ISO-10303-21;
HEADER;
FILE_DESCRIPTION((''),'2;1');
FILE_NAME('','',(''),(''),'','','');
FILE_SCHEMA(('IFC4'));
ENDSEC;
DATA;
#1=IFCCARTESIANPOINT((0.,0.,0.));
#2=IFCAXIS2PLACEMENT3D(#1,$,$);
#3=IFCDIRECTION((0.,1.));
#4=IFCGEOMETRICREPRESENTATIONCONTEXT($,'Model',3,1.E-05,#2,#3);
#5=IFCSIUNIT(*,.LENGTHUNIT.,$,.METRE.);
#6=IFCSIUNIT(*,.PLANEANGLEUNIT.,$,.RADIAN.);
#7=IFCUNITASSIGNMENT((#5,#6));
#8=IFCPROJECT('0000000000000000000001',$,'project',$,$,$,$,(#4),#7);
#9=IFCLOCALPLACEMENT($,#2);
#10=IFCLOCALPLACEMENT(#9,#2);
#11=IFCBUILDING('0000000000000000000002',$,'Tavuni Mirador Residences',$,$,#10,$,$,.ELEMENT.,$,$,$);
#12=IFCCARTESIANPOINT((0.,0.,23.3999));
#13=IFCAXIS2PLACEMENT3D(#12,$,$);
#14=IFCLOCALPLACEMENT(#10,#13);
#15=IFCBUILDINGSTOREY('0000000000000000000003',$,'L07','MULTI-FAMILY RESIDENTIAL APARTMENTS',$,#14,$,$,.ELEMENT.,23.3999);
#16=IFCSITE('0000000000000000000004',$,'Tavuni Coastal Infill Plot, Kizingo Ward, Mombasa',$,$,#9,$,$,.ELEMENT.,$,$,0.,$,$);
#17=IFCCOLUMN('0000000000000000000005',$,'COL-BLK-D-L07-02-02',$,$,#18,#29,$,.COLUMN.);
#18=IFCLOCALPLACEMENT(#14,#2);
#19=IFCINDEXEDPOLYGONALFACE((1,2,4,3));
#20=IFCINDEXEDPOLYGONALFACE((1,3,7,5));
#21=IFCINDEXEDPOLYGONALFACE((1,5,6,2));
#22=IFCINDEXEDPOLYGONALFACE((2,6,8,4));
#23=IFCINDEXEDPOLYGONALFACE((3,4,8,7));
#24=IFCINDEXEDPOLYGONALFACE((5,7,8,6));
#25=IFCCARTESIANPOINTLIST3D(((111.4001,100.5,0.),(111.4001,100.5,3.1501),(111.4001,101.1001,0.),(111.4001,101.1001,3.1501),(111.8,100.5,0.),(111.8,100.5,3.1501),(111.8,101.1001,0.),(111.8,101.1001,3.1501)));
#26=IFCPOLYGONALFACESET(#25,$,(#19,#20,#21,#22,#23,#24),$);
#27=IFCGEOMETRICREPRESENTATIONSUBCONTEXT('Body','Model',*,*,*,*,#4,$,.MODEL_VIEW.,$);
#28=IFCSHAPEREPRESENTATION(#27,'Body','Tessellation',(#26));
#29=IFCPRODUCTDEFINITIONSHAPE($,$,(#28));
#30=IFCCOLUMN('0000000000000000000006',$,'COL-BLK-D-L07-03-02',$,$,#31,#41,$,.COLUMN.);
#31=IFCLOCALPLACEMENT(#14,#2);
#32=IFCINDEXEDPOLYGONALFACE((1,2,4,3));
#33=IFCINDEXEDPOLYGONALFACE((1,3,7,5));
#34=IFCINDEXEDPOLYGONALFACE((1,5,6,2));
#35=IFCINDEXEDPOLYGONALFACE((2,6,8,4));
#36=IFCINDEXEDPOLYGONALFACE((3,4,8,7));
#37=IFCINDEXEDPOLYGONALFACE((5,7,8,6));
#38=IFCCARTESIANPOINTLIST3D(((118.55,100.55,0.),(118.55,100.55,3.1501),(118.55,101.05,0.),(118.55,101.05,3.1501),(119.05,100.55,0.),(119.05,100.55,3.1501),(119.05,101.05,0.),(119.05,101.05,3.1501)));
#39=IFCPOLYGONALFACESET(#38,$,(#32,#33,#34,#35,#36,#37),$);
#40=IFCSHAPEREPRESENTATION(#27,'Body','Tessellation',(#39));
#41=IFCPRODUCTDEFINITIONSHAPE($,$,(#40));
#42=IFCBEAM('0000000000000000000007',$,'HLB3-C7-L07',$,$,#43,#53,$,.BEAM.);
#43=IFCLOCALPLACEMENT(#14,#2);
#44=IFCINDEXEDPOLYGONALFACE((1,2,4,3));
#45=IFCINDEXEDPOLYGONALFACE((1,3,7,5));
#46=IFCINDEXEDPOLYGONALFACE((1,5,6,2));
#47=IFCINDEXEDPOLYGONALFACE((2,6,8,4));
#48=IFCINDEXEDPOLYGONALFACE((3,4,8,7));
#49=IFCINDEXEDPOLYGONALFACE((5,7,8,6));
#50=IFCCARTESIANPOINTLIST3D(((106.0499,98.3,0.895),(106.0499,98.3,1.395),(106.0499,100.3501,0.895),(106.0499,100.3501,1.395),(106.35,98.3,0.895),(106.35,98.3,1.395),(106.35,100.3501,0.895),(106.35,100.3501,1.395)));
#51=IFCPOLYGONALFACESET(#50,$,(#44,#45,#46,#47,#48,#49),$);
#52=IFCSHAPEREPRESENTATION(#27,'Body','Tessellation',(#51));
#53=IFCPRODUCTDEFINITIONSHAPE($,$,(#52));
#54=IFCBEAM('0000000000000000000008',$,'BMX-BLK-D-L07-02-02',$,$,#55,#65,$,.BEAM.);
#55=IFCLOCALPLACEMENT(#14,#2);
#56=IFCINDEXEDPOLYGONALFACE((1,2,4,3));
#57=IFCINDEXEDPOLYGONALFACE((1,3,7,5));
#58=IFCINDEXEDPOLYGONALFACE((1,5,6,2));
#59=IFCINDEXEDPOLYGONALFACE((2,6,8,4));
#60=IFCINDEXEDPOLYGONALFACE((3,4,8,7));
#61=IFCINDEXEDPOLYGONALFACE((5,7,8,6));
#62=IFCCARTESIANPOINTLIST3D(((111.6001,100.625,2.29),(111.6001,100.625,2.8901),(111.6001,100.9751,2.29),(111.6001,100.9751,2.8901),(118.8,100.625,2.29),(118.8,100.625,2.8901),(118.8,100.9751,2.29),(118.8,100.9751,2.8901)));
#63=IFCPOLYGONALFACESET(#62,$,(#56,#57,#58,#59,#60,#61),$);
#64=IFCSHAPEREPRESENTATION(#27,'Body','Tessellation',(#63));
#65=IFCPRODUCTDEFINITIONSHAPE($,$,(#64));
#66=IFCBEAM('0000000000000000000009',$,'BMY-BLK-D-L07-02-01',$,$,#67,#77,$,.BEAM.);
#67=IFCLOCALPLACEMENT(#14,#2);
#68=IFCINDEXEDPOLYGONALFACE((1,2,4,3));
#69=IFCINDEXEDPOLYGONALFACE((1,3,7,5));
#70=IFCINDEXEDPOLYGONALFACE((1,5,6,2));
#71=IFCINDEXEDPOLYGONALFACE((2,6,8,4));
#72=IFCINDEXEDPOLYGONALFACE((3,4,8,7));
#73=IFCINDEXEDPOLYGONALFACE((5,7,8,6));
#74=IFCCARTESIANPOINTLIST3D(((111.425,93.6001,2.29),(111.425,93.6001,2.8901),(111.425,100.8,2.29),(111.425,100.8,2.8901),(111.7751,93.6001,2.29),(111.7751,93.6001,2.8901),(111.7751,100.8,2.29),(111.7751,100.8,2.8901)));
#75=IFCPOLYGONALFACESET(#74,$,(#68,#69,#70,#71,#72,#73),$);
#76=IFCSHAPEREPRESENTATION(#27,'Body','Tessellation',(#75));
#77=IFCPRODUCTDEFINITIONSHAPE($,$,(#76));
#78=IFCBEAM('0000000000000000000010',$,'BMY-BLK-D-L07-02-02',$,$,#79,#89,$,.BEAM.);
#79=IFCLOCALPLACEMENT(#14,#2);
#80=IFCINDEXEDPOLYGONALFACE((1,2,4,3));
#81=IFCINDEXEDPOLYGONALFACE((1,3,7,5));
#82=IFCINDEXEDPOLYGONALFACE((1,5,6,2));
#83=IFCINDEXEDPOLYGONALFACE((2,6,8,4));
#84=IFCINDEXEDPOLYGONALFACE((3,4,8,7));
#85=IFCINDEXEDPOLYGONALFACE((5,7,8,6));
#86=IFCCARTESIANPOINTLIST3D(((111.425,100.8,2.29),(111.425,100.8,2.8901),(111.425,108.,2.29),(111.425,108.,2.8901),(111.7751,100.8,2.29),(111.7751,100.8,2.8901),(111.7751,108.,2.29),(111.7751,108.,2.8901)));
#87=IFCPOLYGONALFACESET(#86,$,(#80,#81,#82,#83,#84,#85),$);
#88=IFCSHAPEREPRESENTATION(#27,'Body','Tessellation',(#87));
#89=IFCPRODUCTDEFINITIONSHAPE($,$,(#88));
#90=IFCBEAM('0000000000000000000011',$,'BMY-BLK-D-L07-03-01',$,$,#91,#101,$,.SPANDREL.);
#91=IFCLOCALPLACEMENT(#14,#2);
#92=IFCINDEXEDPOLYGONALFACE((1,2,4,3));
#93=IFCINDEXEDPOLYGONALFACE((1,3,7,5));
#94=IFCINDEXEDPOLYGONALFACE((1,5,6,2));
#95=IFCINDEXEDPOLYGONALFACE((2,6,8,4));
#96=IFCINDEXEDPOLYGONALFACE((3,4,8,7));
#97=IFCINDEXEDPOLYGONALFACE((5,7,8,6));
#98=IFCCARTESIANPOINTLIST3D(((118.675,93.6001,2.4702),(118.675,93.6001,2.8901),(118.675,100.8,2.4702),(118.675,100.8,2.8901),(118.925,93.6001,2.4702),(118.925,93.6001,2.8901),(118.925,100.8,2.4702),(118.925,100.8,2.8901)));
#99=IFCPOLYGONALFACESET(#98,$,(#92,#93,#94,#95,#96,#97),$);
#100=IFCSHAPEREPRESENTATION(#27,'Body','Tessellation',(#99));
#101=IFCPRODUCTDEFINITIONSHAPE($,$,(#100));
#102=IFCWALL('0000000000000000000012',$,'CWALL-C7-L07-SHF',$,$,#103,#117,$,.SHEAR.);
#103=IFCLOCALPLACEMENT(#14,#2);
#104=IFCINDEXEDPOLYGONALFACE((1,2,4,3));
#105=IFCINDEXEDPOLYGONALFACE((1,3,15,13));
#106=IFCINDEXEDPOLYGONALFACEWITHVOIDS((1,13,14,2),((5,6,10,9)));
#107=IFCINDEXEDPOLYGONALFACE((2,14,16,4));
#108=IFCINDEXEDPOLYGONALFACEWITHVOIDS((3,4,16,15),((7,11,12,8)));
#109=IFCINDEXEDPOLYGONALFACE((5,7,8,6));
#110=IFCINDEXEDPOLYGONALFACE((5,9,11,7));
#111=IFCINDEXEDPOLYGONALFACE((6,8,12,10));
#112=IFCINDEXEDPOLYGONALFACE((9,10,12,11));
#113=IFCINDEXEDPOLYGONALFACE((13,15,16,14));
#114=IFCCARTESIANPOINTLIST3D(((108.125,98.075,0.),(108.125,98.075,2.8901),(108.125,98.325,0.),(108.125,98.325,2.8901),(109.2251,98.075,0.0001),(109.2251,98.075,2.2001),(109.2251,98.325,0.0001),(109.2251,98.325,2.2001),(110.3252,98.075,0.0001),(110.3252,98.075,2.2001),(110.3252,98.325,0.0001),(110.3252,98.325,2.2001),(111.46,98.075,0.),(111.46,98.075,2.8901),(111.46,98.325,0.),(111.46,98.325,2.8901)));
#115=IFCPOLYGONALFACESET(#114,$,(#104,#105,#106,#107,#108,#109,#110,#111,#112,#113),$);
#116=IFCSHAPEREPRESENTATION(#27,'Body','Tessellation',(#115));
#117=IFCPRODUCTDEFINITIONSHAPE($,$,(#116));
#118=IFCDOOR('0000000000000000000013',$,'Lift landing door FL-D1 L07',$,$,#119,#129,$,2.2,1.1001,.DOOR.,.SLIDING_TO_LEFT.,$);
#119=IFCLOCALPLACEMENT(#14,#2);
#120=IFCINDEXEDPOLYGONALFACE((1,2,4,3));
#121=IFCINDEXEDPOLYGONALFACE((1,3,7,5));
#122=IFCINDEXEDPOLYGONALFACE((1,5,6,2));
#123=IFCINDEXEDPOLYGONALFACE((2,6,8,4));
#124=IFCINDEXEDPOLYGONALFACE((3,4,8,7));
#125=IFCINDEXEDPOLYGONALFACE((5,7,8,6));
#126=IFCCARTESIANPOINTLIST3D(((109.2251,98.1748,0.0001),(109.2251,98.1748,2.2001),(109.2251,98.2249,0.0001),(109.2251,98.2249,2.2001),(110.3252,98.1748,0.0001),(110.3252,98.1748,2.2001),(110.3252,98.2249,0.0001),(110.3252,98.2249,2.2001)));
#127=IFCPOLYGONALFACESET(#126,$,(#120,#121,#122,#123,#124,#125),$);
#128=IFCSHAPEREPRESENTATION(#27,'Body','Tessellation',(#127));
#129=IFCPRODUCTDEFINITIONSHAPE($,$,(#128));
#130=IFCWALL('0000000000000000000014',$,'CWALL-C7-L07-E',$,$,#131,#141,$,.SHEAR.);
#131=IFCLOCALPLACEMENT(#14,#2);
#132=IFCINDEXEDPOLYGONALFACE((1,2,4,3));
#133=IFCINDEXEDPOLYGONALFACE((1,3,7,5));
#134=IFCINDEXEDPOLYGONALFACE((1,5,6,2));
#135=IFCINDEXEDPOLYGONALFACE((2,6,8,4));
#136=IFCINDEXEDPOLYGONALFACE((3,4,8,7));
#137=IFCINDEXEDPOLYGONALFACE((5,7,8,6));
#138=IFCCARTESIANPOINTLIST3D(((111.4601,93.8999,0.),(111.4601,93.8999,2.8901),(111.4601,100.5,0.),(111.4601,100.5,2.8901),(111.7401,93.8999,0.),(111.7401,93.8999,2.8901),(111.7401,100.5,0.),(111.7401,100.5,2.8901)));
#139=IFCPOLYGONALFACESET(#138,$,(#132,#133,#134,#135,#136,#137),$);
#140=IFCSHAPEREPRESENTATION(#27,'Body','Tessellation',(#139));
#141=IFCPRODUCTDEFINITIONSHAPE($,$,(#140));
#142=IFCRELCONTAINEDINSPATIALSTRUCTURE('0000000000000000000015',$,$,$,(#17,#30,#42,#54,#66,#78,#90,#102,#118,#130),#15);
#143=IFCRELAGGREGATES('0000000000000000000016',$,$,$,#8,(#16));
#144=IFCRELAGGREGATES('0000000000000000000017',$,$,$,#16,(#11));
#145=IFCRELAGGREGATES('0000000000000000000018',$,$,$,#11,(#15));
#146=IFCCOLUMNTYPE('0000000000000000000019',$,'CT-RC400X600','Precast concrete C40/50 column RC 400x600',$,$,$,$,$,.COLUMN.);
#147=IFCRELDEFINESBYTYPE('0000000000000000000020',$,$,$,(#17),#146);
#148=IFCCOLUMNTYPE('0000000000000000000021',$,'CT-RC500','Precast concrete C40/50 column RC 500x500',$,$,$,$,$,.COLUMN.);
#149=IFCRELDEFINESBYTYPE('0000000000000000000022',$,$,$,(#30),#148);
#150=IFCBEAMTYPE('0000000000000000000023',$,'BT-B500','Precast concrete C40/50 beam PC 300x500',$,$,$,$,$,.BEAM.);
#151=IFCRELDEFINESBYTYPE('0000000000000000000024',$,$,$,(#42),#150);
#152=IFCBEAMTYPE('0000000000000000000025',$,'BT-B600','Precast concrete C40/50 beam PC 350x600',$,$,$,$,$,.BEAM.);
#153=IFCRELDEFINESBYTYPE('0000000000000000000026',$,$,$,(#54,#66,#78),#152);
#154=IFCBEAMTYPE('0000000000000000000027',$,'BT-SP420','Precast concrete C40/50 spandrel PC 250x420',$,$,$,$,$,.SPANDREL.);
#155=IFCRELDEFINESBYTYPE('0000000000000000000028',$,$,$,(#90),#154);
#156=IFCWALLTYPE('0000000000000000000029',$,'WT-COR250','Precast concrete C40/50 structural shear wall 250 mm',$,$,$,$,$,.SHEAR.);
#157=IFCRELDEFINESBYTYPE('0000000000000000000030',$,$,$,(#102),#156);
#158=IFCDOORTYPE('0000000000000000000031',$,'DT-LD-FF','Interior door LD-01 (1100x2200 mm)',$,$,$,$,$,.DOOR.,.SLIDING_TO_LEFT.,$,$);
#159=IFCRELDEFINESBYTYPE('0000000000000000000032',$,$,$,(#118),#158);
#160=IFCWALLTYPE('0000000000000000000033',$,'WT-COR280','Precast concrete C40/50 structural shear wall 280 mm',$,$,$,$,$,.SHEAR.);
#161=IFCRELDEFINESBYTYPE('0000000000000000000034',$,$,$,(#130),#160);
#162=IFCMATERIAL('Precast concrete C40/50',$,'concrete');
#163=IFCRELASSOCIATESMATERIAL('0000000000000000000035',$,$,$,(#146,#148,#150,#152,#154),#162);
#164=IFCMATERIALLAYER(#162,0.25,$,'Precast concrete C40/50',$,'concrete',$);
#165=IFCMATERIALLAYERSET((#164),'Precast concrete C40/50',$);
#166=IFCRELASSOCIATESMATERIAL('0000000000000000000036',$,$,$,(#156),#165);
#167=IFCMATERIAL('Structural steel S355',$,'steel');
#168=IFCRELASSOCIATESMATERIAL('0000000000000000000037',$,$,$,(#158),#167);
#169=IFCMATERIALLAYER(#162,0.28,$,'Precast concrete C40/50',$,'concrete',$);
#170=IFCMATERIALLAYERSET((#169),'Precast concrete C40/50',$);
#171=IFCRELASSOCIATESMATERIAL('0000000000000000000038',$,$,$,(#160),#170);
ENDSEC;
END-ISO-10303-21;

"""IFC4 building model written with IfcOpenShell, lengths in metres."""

from ifc_helpers import new_model, si_unit, direction, frame, frame_2d, origin, origin_2d, place, context, subcontext, project, spatial, rectangle, extrude, material, layer, layer_set, material_profile, profile_set, type_object, element, fill, save


model = new_model("IFC4")

# Units and contexts
model_context = context("Model", 3, precision=1e-05, world=origin(), true_north=direction((0.0, 1.0)))
body_context = subcontext(model_context, "Body", "Model", "MODEL_VIEW")
ifc_project = project(units=[si_unit("LENGTHUNIT", "METRE"), si_unit("PLANEANGLEUNIT", "RADIAN")], contexts=[model_context])

# Site, building, storey
site_placement = place(None, origin())
site = spatial("IfcSite", under=ifc_project, at=site_placement, Name="Tavuni Coastal Infill Plot, Kizingo Ward, Mombasa", CompositionType="ELEMENT", RefElevation=0.0)
building_placement = place(site_placement, origin())
building = spatial("IfcBuilding", under=site, at=building_placement, Name="Tavuni Mirador Residences", CompositionType="ELEMENT")
storey_placement = place(building_placement, frame((0.0, 0.0, 23.3999)))
storey = spatial("IfcBuildingStorey", under=building, at=storey_placement, Name="L07", Description="MULTI-FAMILY RESIDENTIAL APARTMENTS", CompositionType="ELEMENT", Elevation=23.3999)

# Columns
ifc_material_1 = material(Name="Precast concrete C40/50", Category="concrete")
ifc_material_profile_1 = material_profile(ifc_material_1, rectangle(XDim=0.3999, YDim=0.6001, at=origin_2d()), Name="RC 400x600", Category="concrete")
ifc_profile_set_1 = profile_set([ifc_material_profile_1], Name="Precast concrete C40/50")
column_type_1 = type_object("IfcColumnType", Name="CT-RC400X600", Description="Precast concrete C40/50 column RC 400x600", PredefinedType="COLUMN", material=ifc_profile_set_1)
column_1_placement = place(storey_placement, frame((111.6001, 100.8, 0.0), z_axis=(0.0, 0.0, 1.0), x_axis=(1.0, 0.0, 0.0)))
element("IfcColumn", 1, at=column_1_placement, inside=storey, type_object=column_type_1, Name="COL-BLK-D-L07-02-02", PredefinedType="COLUMN", context=body_context, shape_type="SweptSolid", body=[
    extrude(rectangle(XDim=0.3999, YDim=0.6001, at=origin_2d()), origin(), (0.0, 0.0, 1.0), 3.1501),
])
ifc_material_profile_2 = material_profile(ifc_material_1, rectangle(XDim=0.5, YDim=0.5, at=origin_2d()), Name="RC 500x500", Category="concrete")
ifc_profile_set_2 = profile_set([ifc_material_profile_2], Name="Precast concrete C40/50")
column_type_2 = type_object("IfcColumnType", Name="CT-RC500", Description="Precast concrete C40/50 column RC 500x500", PredefinedType="COLUMN", material=ifc_profile_set_2)
column_2_placement = place(storey_placement, frame((118.8, 100.8, 0.0), z_axis=(0.0, 0.0, 1.0), x_axis=(1.0, 0.0, 0.0)))
element("IfcColumn", 2, at=column_2_placement, inside=storey, type_object=column_type_2, Name="COL-BLK-D-L07-03-02", PredefinedType="COLUMN", context=body_context, shape_type="SweptSolid", body=[
    extrude(rectangle(XDim=0.5, YDim=0.5, at=origin_2d()), origin(), (0.0, 0.0, 1.0), 3.1501),
])

# Beams
ifc_material_profile_3 = material_profile(ifc_material_1, rectangle(XDim=0.3, YDim=0.5, at=origin_2d()), Name="PC 300x500", Category="concrete")
ifc_profile_set_3 = profile_set([ifc_material_profile_3], Name="Precast concrete C40/50")
beam_type_1 = type_object("IfcBeamType", Name="BT-B500", Description="Precast concrete C40/50 beam PC 300x500", PredefinedType="BEAM", material=ifc_profile_set_3)
beam_1_placement = place(storey_placement, frame((106.2, 98.3, 1.145), z_axis=(0.0, 1.0, 0.0), x_axis=(-1.0, 0.0, 0.0)))
element("IfcBeam", 3, at=beam_1_placement, inside=storey, type_object=beam_type_1, Name="HLB3-C7-L07", PredefinedType="BEAM", context=body_context, shape_type="SweptSolid", body=[
    extrude(rectangle(XDim=0.3, YDim=0.5, at=origin_2d()), origin(), (0.0, 0.0, 1.0), 2.05),
])
ifc_material_profile_4 = material_profile(ifc_material_1, rectangle(XDim=0.3501, YDim=0.6001, at=origin_2d()), Name="PC 350x600", Category="concrete")
ifc_profile_set_4 = profile_set([ifc_material_profile_4], Name="Precast concrete C40/50")
beam_type_2 = type_object("IfcBeamType", Name="BT-B600", Description="Precast concrete C40/50 beam PC 350x600", PredefinedType="BEAM", material=ifc_profile_set_4)
for number, where, z_axis, x_axis, name in (
    (4, (111.6001, 100.8, 2.5901), (1.0, 0.0, 0.0), (0.0, 1.0, 0.0), "BMX-BLK-D-L07-02-02"),
    (5, (111.6001, 93.6001, 2.5901), (0.0, 1.0, 0.0), (-1.0, 0.0, 0.0), "BMY-BLK-D-L07-02-01"),
    (6, (111.6001, 100.8, 2.5901), (0.0, 1.0, 0.0), (-1.0, 0.0, 0.0), "BMY-BLK-D-L07-02-02"),
):
    element("IfcBeam", number, at=place(storey_placement, frame(where, z_axis=z_axis, x_axis=x_axis)), inside=storey, type_object=beam_type_2, Name=name, PredefinedType="BEAM", context=body_context, shape_type="SweptSolid", body=[
        extrude(rectangle(XDim=0.3501, YDim=0.6001, at=origin_2d()), origin(), (0.0, 0.0, 1.0), 7.2),
    ])
ifc_material_profile_5 = material_profile(ifc_material_1, rectangle(XDim=0.25, YDim=0.4199, at=origin_2d()), Name="PC 250x420", Category="concrete")
ifc_profile_set_5 = profile_set([ifc_material_profile_5], Name="Precast concrete C40/50")
beam_type_3 = type_object("IfcBeamType", Name="BT-SP420", Description="Precast concrete C40/50 spandrel PC 250x420", PredefinedType="SPANDREL", material=ifc_profile_set_5)
beam_2_placement = place(storey_placement, frame((118.8, 93.6001, 2.6802), z_axis=(0.0, 1.0, 0.0), x_axis=(-1.0, 0.0, 0.0)))
element("IfcBeam", 7, at=beam_2_placement, inside=storey, type_object=beam_type_3, Name="BMY-BLK-D-L07-03-01", PredefinedType="SPANDREL", context=body_context, shape_type="SweptSolid", body=[
    extrude(rectangle(XDim=0.25, YDim=0.4199, at=origin_2d()), origin(), (0.0, 0.0, 1.0), 7.2),
])

# Wall, opening, door
ifc_layer_1 = layer(ifc_material_1, 0.25, Name="Precast concrete C40/50", Category="concrete")
ifc_layer_set_1 = layer_set([ifc_layer_1], Name="Precast concrete C40/50")
wall_type_1 = type_object("IfcWallType", Name="WT-COR250", Description="Precast concrete C40/50 structural shear wall 250 mm", PredefinedType="SHEAR", material=ifc_layer_set_1)
wall_1_placement = place(storey_placement, frame((108.125, 98.2, 0.0), z_axis=(0.0, 0.0, 1.0), x_axis=(1.0, 0.0, 0.0)))
wall_1 = element("IfcWall", 8, at=wall_1_placement, inside=storey, type_object=wall_type_1, Name="CWALL-C7-L07-SHF", PredefinedType="SHEAR", context=body_context, shape_type="SweptSolid", body=[
    extrude(rectangle(XDim=3.335, YDim=0.25, at=frame_2d((1.6675, 0.0))), origin(), (0.0, 0.0, 1.0), 2.8901),
])
opening_1_placement = place(wall_1_placement, frame((1.1001, 0.0, 0.0)))
opening_1 = element("IfcOpeningElement", 9, at=opening_1_placement, cuts=wall_1, PredefinedType="OPENING", context=body_context, shape_type="SweptSolid", body=[
    extrude(rectangle(XDim=1.1001, YDim=2.2, at=frame_2d((0.55, 1.1001))), frame((0.0, 0.135, 0.0), z_axis=(0.0, -1.0, 0.0), x_axis=(1.0, 0.0, 0.0)), (0.0, 0.0, 1.0), 0.27),
])
ifc_material_2 = material(Name="Structural steel S355", Category="steel")
door_type_1 = type_object("IfcDoorType", Name="DT-LD-FF", Description="Interior door LD-01 (1100x2200 mm)", OperationType="SLIDING_TO_LEFT", PredefinedType="DOOR", material=ifc_material_2)
door_1_placement = place(opening_1_placement, origin())
door_1 = element("IfcDoor", 10, at=door_1_placement, inside=storey, type_object=door_type_1, Name="Lift landing door FL-D1 L07", OperationType="SLIDING_TO_LEFT", OverallHeight=2.2, OverallWidth=1.1001, PredefinedType="DOOR", context=body_context, shape_type="SweptSolid", body=[
    extrude(rectangle(XDim=1.1001, YDim=2.2, at=frame_2d((0.55, 1.1001))), frame((0.0, 0.0249, 0.0), z_axis=(0.0, -1.0, 0.0), x_axis=(1.0, 0.0, 0.0)), (0.0, 0.0, 1.0), 0.05),
])
fill(opening_1, door_1)

# Wall
ifc_layer_2 = layer(ifc_material_1, 0.28, Name="Precast concrete C40/50", Category="concrete")
ifc_layer_set_2 = layer_set([ifc_layer_2], Name="Precast concrete C40/50")
wall_type_2 = type_object("IfcWallType", Name="WT-COR280", Description="Precast concrete C40/50 structural shear wall 280 mm", PredefinedType="SHEAR", material=ifc_layer_set_2)
wall_2_placement = place(storey_placement, frame((111.6001, 93.8999, 0.0), z_axis=(0.0, 0.0, 1.0), x_axis=(0.0, 1.0, 0.0)))
element("IfcWall", 11, at=wall_2_placement, inside=storey, type_object=wall_type_2, Name="CWALL-C7-L07-E", PredefinedType="SHEAR", context=body_context, shape_type="SweptSolid", body=[
    extrude(rectangle(XDim=6.6001, YDim=0.28, at=frame_2d((3.3, 0.0))), origin(), (0.0, 0.0, 1.0), 2.8901),
])

save(model, "model.ifc")
